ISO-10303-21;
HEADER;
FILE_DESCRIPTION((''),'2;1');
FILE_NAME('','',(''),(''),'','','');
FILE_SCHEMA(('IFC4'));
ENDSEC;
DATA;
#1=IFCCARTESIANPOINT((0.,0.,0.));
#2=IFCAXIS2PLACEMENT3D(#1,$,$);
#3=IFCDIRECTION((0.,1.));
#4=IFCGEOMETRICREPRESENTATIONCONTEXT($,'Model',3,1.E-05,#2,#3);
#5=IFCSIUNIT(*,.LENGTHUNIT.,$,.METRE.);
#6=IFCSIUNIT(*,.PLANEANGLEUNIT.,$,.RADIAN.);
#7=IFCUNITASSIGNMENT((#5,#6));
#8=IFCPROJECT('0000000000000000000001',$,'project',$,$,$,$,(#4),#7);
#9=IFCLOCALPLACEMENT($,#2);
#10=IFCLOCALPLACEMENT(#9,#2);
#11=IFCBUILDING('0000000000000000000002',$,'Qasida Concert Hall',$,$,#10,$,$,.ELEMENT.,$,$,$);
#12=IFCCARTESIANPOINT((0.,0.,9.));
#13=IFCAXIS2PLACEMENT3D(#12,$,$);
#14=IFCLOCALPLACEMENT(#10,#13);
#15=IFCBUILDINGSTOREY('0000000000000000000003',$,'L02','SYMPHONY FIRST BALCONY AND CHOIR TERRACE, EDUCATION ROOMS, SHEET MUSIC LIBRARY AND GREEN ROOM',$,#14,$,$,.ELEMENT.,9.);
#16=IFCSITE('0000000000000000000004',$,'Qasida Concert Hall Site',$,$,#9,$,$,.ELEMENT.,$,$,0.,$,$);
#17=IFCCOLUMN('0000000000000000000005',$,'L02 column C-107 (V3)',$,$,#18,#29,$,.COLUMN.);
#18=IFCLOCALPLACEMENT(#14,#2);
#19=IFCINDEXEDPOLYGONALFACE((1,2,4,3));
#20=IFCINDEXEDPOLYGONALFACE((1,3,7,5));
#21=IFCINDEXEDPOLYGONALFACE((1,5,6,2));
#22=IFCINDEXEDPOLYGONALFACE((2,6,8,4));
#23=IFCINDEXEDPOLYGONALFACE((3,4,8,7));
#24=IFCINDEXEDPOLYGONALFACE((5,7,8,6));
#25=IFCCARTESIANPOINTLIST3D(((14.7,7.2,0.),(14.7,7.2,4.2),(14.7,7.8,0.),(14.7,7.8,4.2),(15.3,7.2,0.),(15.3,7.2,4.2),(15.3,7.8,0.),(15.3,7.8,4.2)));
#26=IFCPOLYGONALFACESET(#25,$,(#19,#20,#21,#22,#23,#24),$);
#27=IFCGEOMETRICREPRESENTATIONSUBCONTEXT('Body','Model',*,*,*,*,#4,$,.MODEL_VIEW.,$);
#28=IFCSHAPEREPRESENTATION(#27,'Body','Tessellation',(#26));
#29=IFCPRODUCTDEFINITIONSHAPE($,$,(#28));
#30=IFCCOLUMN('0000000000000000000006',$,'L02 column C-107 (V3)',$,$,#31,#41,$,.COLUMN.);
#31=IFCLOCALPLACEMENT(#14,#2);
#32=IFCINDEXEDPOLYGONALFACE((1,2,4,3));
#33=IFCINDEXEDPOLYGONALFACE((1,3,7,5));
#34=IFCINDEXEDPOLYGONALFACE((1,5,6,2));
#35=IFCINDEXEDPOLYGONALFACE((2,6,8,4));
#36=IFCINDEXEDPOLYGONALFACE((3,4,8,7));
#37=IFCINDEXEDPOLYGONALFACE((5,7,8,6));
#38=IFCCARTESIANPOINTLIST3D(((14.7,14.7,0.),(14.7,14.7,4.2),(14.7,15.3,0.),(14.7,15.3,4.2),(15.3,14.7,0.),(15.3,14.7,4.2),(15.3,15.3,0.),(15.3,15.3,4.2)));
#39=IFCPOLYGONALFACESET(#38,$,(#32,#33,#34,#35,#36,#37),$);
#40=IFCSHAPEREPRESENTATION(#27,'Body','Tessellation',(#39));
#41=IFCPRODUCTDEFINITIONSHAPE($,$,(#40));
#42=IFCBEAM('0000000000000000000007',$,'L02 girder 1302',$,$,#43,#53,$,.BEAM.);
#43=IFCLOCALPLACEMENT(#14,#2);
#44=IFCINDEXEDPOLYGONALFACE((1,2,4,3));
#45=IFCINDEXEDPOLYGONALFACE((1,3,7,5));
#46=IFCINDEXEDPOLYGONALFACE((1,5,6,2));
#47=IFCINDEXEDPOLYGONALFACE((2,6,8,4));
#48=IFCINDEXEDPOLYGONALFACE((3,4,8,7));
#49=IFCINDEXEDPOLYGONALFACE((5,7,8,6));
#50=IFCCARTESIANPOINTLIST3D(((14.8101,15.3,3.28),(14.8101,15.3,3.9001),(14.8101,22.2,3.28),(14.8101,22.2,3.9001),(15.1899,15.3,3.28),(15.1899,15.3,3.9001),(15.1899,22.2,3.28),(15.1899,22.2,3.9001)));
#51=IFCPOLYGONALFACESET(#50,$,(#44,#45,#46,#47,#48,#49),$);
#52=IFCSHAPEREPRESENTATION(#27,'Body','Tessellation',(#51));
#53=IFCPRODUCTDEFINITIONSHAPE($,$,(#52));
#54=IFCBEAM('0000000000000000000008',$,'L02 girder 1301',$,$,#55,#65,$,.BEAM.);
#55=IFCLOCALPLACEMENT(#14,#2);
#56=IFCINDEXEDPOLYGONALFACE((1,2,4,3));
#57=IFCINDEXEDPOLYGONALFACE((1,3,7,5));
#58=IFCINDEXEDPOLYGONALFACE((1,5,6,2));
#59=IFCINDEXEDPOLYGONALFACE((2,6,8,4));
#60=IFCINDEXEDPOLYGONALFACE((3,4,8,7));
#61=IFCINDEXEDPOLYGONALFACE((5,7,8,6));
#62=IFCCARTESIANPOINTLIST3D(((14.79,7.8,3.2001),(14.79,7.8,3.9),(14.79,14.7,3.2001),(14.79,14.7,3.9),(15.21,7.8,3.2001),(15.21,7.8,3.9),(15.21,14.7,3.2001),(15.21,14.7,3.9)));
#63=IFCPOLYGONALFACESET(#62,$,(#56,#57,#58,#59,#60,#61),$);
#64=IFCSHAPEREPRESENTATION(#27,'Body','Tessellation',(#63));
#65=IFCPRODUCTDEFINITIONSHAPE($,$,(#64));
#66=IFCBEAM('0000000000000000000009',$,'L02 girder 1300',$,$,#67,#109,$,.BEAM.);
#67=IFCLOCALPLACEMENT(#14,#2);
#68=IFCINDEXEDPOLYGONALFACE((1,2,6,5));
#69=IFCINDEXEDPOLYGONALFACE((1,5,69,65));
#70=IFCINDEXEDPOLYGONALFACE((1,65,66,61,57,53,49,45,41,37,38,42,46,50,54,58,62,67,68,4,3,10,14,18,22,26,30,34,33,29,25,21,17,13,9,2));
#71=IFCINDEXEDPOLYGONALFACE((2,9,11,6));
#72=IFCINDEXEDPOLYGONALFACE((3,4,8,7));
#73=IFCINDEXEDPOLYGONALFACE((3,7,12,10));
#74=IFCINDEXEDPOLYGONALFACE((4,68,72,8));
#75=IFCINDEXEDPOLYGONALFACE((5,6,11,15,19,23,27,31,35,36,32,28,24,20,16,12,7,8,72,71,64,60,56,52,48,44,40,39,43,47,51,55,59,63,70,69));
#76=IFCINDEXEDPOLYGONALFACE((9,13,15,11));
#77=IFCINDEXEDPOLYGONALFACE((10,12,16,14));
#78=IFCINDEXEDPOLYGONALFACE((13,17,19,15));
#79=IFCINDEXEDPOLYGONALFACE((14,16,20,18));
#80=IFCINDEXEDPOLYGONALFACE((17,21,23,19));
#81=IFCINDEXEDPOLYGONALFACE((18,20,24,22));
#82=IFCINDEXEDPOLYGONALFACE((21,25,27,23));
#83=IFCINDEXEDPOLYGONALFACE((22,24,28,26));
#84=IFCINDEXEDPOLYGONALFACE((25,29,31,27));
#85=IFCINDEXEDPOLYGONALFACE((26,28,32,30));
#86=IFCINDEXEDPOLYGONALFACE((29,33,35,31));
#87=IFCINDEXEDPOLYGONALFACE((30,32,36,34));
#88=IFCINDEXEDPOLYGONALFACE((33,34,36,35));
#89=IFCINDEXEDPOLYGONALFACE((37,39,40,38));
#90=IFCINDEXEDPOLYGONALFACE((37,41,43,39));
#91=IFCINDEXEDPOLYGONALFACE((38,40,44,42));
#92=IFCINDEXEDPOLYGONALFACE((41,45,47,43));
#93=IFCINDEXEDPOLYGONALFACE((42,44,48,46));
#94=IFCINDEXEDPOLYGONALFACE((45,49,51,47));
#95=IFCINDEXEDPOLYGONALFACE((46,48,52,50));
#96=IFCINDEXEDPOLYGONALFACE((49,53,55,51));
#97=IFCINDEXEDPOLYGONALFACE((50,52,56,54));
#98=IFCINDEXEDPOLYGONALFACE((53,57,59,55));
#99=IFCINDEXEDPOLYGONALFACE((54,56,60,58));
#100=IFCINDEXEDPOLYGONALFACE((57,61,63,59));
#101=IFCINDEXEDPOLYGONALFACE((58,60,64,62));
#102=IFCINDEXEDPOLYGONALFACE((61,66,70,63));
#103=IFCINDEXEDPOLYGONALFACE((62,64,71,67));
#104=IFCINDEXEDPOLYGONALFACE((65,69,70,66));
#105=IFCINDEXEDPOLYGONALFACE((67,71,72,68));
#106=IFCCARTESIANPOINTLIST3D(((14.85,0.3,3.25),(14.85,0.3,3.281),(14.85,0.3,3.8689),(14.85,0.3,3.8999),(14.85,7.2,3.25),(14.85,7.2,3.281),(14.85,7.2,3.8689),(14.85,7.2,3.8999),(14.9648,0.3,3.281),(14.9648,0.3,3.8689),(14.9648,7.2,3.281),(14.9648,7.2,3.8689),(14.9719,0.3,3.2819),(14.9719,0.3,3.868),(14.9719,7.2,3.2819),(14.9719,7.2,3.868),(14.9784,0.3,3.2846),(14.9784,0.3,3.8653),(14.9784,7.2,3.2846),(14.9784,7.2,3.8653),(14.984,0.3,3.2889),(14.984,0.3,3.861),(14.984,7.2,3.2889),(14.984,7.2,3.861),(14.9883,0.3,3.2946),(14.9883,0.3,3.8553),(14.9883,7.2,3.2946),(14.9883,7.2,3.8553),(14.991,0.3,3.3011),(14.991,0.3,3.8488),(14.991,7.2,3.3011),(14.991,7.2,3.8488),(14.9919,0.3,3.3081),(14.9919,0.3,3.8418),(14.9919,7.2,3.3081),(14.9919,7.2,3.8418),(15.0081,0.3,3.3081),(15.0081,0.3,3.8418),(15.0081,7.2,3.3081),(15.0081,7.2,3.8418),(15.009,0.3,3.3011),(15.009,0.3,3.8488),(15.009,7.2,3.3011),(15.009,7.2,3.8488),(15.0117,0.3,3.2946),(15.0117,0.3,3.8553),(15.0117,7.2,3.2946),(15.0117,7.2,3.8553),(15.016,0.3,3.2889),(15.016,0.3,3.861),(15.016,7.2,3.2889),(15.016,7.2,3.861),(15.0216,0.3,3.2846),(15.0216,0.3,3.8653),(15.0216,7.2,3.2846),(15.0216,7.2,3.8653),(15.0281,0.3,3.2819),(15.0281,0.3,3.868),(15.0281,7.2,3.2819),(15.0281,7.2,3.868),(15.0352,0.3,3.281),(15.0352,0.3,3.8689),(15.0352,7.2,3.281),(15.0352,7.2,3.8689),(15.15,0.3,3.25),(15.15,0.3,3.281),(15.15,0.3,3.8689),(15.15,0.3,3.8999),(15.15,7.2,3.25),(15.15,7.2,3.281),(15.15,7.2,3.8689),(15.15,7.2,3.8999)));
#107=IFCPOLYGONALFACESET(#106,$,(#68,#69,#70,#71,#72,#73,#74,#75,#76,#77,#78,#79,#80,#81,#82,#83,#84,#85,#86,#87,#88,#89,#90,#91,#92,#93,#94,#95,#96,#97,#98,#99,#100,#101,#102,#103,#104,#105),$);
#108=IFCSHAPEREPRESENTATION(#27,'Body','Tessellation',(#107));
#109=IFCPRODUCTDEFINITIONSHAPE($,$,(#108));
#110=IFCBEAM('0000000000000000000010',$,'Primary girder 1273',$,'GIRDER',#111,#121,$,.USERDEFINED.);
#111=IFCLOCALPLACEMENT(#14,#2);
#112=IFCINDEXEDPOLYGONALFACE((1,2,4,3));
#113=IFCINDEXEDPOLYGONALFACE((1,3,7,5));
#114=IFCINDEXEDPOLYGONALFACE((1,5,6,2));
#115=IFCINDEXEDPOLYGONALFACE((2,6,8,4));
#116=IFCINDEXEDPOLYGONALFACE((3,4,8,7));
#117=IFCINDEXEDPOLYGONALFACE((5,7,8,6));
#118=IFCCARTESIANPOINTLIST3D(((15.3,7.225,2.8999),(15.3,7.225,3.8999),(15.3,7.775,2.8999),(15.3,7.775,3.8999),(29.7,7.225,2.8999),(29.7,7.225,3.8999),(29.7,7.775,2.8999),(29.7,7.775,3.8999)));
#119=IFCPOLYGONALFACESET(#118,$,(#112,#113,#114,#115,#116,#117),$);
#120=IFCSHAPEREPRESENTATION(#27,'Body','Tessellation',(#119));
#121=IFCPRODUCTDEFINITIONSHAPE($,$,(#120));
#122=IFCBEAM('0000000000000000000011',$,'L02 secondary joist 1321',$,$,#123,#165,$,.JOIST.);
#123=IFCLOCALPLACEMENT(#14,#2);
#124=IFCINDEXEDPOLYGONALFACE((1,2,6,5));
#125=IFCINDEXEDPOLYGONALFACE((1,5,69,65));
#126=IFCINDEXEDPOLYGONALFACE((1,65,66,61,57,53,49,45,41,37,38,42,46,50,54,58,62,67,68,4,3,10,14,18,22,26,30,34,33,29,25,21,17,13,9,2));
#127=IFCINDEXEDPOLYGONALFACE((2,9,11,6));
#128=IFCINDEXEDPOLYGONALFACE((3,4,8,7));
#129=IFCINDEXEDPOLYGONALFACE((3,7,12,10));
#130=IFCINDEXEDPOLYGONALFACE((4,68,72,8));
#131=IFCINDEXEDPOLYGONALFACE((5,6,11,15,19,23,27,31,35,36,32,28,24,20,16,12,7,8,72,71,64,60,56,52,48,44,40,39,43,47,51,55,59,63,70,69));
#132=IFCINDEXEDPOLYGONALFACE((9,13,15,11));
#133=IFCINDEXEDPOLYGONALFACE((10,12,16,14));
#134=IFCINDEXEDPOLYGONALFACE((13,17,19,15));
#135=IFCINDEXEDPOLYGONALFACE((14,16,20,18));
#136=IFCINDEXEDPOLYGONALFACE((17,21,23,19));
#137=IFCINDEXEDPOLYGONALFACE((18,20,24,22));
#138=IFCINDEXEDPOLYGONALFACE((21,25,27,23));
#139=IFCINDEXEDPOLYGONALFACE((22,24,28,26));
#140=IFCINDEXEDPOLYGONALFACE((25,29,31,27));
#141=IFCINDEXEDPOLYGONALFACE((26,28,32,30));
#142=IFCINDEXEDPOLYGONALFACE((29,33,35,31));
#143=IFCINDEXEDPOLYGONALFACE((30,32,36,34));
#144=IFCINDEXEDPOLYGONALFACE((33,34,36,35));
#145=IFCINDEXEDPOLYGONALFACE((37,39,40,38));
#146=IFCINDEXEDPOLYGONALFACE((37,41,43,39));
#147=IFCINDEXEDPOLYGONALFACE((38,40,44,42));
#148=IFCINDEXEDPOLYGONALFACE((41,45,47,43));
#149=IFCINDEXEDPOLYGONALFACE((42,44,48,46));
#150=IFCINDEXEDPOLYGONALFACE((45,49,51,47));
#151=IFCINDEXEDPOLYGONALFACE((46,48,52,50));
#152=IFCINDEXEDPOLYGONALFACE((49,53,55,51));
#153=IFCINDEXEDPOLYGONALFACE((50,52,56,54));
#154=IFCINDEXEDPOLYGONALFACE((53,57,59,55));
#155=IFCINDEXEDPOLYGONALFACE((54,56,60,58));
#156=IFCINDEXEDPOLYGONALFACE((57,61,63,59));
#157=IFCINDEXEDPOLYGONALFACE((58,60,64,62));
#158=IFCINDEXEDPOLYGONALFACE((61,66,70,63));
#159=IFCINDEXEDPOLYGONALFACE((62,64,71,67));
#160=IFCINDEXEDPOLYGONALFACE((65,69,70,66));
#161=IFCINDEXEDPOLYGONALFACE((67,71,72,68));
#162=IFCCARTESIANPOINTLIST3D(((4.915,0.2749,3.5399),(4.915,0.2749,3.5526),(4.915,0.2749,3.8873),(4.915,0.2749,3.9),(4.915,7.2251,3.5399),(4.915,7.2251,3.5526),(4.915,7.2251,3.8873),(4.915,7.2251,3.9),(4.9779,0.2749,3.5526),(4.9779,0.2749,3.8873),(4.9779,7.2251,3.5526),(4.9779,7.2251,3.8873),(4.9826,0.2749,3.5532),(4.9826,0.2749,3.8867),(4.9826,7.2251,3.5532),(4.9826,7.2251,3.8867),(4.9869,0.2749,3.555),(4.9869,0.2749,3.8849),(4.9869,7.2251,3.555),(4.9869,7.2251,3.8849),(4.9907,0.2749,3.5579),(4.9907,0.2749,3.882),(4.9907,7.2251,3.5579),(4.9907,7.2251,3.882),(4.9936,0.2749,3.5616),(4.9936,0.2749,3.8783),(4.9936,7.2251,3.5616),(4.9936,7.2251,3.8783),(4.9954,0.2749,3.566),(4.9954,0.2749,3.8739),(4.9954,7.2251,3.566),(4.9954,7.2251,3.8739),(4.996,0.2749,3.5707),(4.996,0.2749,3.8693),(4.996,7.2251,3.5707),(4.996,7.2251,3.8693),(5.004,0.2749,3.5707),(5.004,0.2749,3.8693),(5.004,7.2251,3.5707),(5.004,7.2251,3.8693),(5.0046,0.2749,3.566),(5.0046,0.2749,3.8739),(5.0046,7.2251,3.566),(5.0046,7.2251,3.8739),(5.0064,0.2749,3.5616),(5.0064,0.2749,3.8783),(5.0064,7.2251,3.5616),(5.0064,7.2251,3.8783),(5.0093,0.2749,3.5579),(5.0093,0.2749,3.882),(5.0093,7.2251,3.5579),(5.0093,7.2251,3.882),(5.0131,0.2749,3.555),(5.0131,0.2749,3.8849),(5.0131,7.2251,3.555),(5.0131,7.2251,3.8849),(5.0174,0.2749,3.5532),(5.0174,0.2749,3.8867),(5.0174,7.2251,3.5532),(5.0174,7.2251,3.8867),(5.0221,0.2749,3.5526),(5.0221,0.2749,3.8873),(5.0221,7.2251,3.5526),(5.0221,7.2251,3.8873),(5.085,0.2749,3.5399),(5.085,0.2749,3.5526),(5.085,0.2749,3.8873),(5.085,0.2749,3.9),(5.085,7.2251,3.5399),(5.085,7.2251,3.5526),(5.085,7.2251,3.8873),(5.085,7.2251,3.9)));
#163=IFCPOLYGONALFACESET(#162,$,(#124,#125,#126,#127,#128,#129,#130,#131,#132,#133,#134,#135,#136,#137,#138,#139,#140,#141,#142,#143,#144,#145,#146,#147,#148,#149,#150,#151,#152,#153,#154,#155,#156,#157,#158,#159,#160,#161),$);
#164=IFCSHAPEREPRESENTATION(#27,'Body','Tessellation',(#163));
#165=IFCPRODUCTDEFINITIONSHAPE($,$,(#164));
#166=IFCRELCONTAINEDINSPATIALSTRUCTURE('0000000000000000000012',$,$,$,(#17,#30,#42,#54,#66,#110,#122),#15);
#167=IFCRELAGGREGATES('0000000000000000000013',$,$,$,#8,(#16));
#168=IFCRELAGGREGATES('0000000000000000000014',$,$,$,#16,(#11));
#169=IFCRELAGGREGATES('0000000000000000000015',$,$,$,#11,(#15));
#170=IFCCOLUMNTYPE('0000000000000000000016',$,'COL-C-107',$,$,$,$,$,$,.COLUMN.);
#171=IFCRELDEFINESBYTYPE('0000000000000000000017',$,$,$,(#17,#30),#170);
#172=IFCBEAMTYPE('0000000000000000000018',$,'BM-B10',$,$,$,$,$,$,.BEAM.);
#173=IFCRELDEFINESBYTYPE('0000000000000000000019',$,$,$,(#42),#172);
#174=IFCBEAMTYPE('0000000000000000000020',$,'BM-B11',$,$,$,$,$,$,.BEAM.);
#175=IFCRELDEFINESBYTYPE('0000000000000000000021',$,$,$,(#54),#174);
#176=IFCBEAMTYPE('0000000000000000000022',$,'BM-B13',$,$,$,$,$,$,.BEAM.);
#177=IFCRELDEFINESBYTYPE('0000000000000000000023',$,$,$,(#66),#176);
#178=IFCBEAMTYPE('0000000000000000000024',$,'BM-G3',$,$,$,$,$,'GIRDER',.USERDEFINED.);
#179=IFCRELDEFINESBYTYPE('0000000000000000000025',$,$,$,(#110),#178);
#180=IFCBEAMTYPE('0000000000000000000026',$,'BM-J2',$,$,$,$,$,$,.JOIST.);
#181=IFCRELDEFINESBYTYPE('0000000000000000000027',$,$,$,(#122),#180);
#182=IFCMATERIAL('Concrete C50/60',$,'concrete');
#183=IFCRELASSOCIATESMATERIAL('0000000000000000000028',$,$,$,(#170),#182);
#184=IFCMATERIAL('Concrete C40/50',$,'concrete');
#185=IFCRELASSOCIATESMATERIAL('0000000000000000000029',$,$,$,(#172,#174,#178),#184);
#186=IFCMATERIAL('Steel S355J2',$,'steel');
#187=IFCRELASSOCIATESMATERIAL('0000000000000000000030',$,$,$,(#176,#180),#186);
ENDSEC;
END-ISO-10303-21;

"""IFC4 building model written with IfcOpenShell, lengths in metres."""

from ifc_helpers import new_model, si_unit, direction, frame, origin, origin_2d, place, context, subcontext, project, spatial, rectangle, i_section, extrude, material, material_profile, profile_set, type_object, element, save


model = new_model("IFC4")

# Units and contexts
model_context = context("Model", 3, precision=1e-05, world=origin(), true_north=direction((0.0, 1.0)))
body_context = subcontext(model_context, "Body", "Model", "MODEL_VIEW")
ifc_project = project(units=[si_unit("LENGTHUNIT", "METRE"), si_unit("PLANEANGLEUNIT", "RADIAN")], contexts=[model_context])

# Site, building, storey
site_placement = place(None, origin())
site = spatial("IfcSite", under=ifc_project, at=site_placement, Name="Qasida Concert Hall Site", CompositionType="ELEMENT", RefElevation=0.0)
building_placement = place(site_placement, origin())
building = spatial("IfcBuilding", under=site, at=building_placement, Name="Qasida Concert Hall", CompositionType="ELEMENT")
storey_placement = place(building_placement, frame((0.0, 0.0, 9.0)))
storey = spatial("IfcBuildingStorey", under=building, at=storey_placement, Name="L02", Description="SYMPHONY FIRST BALCONY AND CHOIR TERRACE, EDUCATION ROOMS, SHEET MUSIC LIBRARY AND GREEN ROOM", CompositionType="ELEMENT", Elevation=9.0)

# Columns
ifc_material_1 = material(Name="Concrete C50/60", Category="concrete")
ifc_material_profile_1 = material_profile(ifc_material_1, rectangle(XDim=0.6001, YDim=0.6001, at=origin_2d()), Name="RC 600x600")
ifc_profile_set_1 = profile_set([ifc_material_profile_1], Name="Concrete C50/60")
column_type = type_object("IfcColumnType", Name="COL-C-107", PredefinedType="COLUMN", material=ifc_profile_set_1)
for number, where, z_axis, x_axis, name in (
    (1, (15.0, 7.5, 0.0), (0.0, 0.0, 1.0), (1.0, 0.0, 0.0), "L02 column C-107 (V3)"),
    (2, (15.0, 15.0, 0.0), (0.0, 0.0, 1.0), (1.0, 0.0, 0.0), "L02 column C-107 (V3)"),
):
    element("IfcColumn", number, at=place(storey_placement, frame(where, z_axis=z_axis, x_axis=x_axis)), inside=storey, type_object=column_type, Name=name, PredefinedType="COLUMN", context=body_context, shape_type="SweptSolid", body=[
        extrude(rectangle(XDim=0.6001, YDim=0.6001, at=origin_2d()), origin(), (0.0, 0.0, 1.0), 4.2),
    ])

# Beams
ifc_material_2 = material(Name="Concrete C40/50", Category="concrete")
ifc_material_profile_2 = material_profile(ifc_material_2, rectangle(XDim=0.3799, YDim=0.6201, at=origin_2d()), Name="RC 380x620")
ifc_profile_set_2 = profile_set([ifc_material_profile_2], Name="Concrete C40/50")
beam_type_1 = type_object("IfcBeamType", Name="BM-B10", PredefinedType="BEAM", material=ifc_profile_set_2)
beam_1_placement = place(storey_placement, frame((15.0, 15.3, 3.5901), z_axis=(0.0, 1.0, 0.0), x_axis=(-1.0, 0.0, 0.0)))
element("IfcBeam", 3, at=beam_1_placement, inside=storey, type_object=beam_type_1, Name="L02 girder 1302", PredefinedType="BEAM", context=body_context, shape_type="SweptSolid", body=[
    extrude(rectangle(XDim=0.3799, YDim=0.6201, at=origin_2d()), origin(), (0.0, 0.0, 1.0), 6.8999),
])
ifc_material_profile_3 = material_profile(ifc_material_2, rectangle(XDim=0.4199, YDim=0.7, at=origin_2d()), Name="RC 420x700")
ifc_profile_set_3 = profile_set([ifc_material_profile_3], Name="Concrete C40/50")
beam_type_2 = type_object("IfcBeamType", Name="BM-B11", PredefinedType="BEAM", material=ifc_profile_set_3)
beam_2_placement = place(storey_placement, frame((15.0, 7.8, 3.55), z_axis=(0.0, 1.0, 0.0), x_axis=(-1.0, 0.0, 0.0)))
element("IfcBeam", 4, at=beam_2_placement, inside=storey, type_object=beam_type_2, Name="L02 girder 1301", PredefinedType="BEAM", context=body_context, shape_type="SweptSolid", body=[
    extrude(rectangle(XDim=0.4199, YDim=0.7, at=origin_2d()), origin(), (0.0, 0.0, 1.0), 6.8999),
])
ifc_material_3 = material(Name="Steel S355J2", Category="steel")
ifc_material_profile_4 = material_profile(ifc_material_3, i_section(OverallWidth=0.3, OverallDepth=0.6499, WebThickness=0.0161, FlangeThickness=0.031, FilletRadius=0.0271, at=origin_2d()), Name="HEB 650")
ifc_profile_set_4 = profile_set([ifc_material_profile_4], Name="Steel S355J2")
beam_type_3 = type_object("IfcBeamType", Name="BM-B13", PredefinedType="BEAM", material=ifc_profile_set_4)
beam_3_placement = place(storey_placement, frame((15.0, 0.3, 3.575), z_axis=(0.0, 1.0, 0.0), x_axis=(-1.0, 0.0, 0.0)))
element("IfcBeam", 5, at=beam_3_placement, inside=storey, type_object=beam_type_3, Name="L02 girder 1300", PredefinedType="BEAM", context=body_context, shape_type="SweptSolid", body=[
    extrude(i_section(OverallWidth=0.3, OverallDepth=0.6499, WebThickness=0.0161, FlangeThickness=0.031, FilletRadius=0.0271, at=origin_2d()), origin(), (0.0, 0.0, 1.0), 6.8999),
])
ifc_material_profile_5 = material_profile(ifc_material_2, rectangle(XDim=0.55, YDim=1.0, at=origin_2d()), Name="RC 550x1000")
ifc_profile_set_5 = profile_set([ifc_material_profile_5], Name="Concrete C40/50")
beam_type_4 = type_object("IfcBeamType", Name="BM-G3", ElementType="GIRDER", PredefinedType="USERDEFINED", material=ifc_profile_set_5)
beam_4_placement = place(storey_placement, frame((15.3, 7.5, 3.3999), z_axis=(1.0, 0.0, 0.0), x_axis=(0.0, 1.0, 0.0)))
element("IfcBeam", 6, at=beam_4_placement, inside=storey, type_object=beam_type_4, Name="Primary girder 1273", ObjectType="GIRDER", PredefinedType="USERDEFINED", context=body_context, shape_type="SweptSolid", body=[
    extrude(rectangle(XDim=0.55, YDim=1.0, at=origin_2d()), origin(), (0.0, 0.0, 1.0), 14.3999),
])
ifc_material_profile_6 = material_profile(ifc_material_3, i_section(OverallWidth=0.1699, OverallDepth=0.3601, WebThickness=0.0081, FlangeThickness=0.0127, FilletRadius=0.0181, at=origin_2d()), Name="IPE 360")
ifc_profile_set_6 = profile_set([ifc_material_profile_6], Name="Steel S355J2")
beam_type_5 = type_object("IfcBeamType", Name="BM-J2", PredefinedType="JOIST", material=ifc_profile_set_6)
beam_5_placement = place(storey_placement, frame((5.0, 0.2749, 3.72), z_axis=(0.0, 1.0, 0.0), x_axis=(-1.0, 0.0, 0.0)))
element("IfcBeam", 7, at=beam_5_placement, inside=storey, type_object=beam_type_5, Name="L02 secondary joist 1321", PredefinedType="JOIST", context=body_context, shape_type="SweptSolid", body=[
    extrude(i_section(OverallWidth=0.1699, OverallDepth=0.3601, WebThickness=0.0081, FlangeThickness=0.0127, FilletRadius=0.0181, at=origin_2d()), origin(), (0.0, 0.0, 1.0), 6.9502),
])

save(model, "model.ifc")
